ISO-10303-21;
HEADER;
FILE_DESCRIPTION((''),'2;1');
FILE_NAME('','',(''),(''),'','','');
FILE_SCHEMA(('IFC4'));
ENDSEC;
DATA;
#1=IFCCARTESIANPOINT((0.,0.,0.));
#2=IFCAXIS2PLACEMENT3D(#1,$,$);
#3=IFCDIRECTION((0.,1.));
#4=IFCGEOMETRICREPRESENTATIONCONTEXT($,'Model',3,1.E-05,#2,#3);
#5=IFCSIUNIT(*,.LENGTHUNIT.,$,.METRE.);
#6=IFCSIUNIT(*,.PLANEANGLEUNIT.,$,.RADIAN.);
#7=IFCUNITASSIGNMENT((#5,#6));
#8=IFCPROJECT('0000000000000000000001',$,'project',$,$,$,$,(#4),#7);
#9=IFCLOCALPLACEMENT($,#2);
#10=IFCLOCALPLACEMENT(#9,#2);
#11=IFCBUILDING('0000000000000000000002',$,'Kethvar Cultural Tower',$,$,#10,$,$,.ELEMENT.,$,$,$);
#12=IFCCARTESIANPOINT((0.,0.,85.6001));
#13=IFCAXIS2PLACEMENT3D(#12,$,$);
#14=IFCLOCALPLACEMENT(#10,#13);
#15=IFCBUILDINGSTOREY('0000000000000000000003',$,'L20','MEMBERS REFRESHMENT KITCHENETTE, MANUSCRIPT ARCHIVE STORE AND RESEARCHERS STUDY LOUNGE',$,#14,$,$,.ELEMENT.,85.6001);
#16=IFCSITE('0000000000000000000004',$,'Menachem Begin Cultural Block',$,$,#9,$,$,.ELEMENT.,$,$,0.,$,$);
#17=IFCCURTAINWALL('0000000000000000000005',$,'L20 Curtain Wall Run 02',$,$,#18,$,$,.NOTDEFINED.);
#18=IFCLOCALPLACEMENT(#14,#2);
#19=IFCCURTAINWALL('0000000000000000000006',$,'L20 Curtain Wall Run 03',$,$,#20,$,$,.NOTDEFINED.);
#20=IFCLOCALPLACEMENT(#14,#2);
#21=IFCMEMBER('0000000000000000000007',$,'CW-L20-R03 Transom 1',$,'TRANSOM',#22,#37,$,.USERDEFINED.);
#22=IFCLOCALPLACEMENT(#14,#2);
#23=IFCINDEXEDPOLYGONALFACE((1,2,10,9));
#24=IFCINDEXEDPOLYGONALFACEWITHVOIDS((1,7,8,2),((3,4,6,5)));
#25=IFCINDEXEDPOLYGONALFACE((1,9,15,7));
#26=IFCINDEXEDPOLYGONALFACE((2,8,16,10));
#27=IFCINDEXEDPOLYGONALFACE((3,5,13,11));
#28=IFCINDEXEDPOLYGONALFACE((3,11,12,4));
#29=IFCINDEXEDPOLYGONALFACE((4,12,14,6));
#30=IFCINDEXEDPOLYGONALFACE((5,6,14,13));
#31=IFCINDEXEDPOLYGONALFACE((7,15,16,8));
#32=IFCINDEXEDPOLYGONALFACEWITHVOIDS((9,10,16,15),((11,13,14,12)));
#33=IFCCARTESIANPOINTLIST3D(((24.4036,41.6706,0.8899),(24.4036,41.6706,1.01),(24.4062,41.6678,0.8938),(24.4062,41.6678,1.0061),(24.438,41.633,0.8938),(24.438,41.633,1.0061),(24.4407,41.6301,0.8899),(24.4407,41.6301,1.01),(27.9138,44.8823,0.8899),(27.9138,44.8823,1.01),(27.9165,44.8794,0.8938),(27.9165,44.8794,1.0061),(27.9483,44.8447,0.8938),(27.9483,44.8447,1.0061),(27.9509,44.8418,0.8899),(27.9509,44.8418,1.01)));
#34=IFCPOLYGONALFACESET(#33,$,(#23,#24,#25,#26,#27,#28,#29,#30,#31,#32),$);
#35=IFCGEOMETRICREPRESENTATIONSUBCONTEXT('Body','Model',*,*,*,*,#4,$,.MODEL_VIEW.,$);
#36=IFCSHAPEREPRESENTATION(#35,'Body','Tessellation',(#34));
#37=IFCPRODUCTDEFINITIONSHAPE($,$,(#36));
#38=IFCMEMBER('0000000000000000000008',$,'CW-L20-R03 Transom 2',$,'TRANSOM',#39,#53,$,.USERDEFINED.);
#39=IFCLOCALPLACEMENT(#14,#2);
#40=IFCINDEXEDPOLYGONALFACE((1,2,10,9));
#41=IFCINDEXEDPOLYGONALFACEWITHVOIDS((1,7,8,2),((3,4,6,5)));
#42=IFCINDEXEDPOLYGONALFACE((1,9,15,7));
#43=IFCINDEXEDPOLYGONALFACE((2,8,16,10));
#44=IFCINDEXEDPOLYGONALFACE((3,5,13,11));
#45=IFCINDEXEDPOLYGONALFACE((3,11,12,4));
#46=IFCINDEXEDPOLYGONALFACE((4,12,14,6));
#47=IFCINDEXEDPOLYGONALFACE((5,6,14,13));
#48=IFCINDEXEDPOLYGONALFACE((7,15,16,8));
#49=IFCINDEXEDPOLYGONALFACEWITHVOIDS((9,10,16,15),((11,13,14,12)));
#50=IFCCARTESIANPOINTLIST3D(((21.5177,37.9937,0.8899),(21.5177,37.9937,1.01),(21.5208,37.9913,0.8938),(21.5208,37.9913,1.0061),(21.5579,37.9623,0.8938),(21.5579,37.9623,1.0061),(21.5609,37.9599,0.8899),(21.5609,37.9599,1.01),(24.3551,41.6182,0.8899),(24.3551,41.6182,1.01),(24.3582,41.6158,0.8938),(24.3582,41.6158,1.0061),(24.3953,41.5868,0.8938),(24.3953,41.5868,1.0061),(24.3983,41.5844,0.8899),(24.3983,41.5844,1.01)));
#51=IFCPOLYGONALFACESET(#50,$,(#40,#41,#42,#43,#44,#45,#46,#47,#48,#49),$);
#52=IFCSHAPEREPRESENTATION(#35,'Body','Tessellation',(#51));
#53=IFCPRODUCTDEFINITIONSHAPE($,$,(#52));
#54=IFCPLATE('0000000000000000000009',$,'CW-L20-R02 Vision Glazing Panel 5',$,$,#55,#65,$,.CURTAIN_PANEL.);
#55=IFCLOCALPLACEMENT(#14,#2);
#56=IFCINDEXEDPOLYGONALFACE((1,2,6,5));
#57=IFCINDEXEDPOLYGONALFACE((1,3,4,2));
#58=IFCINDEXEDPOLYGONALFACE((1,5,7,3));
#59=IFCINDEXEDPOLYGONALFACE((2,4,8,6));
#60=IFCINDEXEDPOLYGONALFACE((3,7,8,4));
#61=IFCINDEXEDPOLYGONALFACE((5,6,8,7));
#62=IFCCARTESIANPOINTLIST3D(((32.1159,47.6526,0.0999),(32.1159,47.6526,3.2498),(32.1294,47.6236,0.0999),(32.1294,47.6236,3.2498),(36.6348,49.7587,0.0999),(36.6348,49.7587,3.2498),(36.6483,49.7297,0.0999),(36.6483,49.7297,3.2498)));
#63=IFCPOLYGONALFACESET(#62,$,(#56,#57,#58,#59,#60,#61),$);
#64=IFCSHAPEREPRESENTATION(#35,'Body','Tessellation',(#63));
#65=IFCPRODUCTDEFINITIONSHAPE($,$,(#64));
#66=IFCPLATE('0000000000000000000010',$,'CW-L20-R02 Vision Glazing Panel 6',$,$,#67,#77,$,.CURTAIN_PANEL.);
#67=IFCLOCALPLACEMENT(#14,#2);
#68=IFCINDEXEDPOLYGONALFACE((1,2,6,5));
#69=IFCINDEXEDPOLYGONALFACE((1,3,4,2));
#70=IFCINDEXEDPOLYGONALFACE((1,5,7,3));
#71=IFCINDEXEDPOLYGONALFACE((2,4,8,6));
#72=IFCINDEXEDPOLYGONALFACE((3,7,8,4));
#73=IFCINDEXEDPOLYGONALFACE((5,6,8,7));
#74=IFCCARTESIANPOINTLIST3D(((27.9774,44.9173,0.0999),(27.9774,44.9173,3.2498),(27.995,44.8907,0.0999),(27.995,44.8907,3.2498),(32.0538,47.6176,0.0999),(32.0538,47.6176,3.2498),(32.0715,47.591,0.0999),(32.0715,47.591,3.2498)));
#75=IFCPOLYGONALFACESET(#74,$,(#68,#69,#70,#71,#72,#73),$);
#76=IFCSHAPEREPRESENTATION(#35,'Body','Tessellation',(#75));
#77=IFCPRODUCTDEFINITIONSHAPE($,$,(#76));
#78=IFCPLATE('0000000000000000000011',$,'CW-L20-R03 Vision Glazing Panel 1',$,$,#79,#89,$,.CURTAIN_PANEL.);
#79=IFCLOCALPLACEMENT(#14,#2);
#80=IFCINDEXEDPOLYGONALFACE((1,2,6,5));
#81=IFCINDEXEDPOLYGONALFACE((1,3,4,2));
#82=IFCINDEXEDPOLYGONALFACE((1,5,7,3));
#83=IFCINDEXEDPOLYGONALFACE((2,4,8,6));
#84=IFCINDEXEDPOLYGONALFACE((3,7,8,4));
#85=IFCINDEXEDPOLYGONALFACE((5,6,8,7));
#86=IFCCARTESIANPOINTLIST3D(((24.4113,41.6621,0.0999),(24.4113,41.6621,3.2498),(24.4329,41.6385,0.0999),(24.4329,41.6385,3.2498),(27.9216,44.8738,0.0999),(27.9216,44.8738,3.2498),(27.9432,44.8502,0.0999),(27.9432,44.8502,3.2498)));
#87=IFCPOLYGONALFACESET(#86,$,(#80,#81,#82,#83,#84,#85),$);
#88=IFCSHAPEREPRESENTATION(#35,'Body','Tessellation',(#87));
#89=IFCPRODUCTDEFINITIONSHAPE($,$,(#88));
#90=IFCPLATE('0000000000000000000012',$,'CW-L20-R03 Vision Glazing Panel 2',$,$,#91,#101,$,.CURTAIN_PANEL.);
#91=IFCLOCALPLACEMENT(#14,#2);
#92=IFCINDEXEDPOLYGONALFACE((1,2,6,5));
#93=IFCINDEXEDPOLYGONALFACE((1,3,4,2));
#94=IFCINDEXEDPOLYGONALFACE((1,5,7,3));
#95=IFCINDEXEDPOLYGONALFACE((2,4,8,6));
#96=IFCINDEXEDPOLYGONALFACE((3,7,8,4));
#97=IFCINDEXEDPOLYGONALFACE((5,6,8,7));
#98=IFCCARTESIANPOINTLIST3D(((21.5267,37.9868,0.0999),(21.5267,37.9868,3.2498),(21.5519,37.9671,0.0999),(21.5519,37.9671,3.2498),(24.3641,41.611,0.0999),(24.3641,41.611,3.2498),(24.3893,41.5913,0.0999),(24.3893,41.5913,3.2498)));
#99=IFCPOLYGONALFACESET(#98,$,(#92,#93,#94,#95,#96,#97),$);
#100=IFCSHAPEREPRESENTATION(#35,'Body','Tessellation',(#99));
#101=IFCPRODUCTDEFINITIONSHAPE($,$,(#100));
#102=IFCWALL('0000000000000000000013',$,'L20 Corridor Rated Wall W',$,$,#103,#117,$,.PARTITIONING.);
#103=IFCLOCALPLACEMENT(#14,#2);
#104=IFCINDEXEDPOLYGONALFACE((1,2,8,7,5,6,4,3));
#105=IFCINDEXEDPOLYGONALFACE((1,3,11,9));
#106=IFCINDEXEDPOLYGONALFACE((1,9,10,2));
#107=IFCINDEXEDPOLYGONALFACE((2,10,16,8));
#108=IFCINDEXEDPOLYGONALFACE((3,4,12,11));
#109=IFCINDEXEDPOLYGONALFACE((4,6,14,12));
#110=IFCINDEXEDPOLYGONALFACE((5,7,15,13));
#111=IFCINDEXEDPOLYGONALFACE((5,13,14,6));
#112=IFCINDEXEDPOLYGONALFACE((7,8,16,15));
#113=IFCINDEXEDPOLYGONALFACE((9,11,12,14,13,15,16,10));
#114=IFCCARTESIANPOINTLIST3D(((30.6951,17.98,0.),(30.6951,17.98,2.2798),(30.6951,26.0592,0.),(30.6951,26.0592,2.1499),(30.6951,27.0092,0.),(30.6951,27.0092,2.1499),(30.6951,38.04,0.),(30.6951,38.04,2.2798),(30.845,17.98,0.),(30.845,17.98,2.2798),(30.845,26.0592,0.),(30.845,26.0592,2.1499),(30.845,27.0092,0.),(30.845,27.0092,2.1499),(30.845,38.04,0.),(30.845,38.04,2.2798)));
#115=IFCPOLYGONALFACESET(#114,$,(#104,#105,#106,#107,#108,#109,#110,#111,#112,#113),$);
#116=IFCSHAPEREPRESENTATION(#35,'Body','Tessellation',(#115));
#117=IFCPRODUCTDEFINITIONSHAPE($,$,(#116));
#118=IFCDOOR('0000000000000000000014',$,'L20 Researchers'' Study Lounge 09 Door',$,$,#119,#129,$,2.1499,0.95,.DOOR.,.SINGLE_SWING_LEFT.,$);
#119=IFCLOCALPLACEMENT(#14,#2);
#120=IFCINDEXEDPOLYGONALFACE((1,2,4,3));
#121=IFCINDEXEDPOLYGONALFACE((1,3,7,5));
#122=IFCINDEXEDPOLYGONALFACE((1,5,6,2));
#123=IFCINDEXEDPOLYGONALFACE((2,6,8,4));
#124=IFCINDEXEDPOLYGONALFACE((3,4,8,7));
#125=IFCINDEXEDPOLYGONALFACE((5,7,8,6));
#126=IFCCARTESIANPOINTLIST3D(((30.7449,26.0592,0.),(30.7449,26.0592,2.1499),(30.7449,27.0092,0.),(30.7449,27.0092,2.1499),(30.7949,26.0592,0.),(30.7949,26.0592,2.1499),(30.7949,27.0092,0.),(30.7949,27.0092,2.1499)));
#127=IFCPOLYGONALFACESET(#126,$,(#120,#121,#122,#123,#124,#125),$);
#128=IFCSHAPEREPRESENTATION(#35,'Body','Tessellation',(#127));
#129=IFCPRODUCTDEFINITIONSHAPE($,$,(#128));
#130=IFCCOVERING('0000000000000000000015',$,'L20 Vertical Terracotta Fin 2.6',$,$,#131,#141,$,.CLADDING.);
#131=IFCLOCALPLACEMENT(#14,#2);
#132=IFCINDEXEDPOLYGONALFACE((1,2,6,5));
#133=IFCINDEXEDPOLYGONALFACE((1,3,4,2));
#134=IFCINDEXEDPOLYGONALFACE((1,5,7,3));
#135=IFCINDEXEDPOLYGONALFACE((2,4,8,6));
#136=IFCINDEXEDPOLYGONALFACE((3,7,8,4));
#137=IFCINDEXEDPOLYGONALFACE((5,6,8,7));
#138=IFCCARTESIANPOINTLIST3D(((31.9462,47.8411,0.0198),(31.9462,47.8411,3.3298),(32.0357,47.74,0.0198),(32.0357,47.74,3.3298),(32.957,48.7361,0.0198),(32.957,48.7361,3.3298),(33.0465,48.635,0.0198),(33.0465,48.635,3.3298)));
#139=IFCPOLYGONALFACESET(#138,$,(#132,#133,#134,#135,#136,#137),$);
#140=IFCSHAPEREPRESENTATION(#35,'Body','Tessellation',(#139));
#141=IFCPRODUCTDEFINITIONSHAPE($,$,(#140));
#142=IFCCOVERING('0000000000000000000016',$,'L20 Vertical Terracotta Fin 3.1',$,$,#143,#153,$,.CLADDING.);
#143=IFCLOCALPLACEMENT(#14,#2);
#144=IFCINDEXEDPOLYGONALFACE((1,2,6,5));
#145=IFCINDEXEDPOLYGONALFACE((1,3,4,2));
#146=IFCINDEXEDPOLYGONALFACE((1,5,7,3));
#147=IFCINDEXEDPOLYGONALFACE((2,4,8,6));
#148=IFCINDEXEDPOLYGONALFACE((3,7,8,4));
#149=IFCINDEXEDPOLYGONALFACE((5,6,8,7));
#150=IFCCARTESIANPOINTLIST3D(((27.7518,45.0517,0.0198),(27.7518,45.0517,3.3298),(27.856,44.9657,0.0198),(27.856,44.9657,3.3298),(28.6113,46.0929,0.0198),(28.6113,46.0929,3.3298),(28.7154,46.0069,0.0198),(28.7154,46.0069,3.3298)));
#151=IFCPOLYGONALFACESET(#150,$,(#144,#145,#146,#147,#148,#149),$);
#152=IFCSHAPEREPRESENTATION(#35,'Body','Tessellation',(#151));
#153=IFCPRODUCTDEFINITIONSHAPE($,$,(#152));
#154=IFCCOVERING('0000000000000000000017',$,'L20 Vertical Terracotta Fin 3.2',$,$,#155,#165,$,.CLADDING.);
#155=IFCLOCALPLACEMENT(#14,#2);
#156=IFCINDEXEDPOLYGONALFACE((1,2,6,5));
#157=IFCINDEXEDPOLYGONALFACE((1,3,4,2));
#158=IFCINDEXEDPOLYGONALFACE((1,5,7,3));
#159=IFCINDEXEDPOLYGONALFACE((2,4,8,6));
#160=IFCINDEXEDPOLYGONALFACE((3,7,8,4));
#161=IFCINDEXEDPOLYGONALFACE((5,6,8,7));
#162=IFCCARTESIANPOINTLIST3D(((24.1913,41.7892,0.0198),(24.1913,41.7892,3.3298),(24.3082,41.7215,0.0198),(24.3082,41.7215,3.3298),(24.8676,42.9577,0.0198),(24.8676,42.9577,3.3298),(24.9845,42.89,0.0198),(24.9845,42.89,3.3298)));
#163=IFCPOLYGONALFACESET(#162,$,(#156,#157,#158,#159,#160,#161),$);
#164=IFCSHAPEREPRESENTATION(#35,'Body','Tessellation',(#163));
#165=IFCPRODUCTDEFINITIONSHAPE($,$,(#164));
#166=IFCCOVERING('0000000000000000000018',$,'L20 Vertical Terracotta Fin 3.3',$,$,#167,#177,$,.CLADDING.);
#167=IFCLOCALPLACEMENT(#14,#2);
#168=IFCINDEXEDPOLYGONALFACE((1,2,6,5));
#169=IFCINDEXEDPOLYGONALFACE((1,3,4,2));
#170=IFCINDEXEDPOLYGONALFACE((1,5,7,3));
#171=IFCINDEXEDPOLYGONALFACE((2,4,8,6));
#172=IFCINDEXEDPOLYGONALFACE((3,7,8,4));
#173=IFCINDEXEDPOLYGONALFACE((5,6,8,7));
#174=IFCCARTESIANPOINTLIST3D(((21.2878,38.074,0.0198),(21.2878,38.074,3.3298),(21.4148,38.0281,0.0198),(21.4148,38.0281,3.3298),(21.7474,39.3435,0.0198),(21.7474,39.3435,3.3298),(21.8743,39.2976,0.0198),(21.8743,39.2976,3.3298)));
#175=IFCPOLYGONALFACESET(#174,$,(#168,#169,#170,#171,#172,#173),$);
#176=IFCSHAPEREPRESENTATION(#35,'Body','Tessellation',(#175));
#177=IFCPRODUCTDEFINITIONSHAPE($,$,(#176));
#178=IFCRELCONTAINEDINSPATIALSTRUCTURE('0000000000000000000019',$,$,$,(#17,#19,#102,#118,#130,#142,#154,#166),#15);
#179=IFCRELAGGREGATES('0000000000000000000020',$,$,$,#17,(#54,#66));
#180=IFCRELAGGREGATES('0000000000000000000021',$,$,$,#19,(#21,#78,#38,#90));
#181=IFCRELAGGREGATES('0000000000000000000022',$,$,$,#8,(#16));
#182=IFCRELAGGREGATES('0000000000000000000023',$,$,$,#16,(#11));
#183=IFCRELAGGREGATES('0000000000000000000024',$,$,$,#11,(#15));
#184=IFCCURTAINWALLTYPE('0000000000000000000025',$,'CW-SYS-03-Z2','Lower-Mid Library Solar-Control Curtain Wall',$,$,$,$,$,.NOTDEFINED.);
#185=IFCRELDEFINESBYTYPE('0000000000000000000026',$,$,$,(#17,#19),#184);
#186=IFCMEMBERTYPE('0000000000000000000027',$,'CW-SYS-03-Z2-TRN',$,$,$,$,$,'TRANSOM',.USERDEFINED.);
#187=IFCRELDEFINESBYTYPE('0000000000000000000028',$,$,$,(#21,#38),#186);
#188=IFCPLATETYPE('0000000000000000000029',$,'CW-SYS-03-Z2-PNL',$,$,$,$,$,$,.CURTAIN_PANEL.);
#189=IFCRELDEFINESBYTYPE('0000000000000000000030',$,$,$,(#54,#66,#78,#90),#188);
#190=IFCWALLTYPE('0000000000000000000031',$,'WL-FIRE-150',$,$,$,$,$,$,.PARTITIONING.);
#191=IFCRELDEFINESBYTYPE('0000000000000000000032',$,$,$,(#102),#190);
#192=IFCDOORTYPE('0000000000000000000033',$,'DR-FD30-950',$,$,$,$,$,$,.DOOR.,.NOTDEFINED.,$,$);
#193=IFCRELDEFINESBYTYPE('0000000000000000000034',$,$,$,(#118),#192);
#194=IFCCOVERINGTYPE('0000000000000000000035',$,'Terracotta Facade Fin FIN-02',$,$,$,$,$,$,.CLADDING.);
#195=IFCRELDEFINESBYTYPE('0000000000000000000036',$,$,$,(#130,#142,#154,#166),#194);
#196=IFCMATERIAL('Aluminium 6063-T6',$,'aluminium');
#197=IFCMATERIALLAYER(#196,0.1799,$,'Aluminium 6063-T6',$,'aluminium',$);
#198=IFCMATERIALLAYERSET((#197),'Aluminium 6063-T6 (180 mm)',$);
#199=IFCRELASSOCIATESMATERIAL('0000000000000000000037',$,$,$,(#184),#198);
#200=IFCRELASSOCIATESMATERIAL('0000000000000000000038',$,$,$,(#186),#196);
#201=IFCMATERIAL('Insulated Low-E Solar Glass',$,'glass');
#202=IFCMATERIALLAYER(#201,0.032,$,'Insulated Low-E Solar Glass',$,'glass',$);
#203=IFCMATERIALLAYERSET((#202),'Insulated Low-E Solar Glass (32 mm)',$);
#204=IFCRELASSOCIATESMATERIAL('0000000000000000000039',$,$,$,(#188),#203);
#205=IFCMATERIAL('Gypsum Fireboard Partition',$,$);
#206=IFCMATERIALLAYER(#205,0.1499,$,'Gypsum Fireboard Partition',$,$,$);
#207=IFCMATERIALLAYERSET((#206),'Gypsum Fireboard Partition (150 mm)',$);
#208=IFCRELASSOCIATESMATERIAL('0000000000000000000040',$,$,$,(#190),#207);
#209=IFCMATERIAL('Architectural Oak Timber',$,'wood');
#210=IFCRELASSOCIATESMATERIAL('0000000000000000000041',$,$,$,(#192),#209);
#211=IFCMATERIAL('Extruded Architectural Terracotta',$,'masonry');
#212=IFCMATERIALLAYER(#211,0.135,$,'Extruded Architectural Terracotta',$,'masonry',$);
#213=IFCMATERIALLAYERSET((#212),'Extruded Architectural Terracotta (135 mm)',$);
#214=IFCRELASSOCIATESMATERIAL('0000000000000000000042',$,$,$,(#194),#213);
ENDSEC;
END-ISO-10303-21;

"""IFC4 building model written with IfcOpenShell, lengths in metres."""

from ifc_helpers import new_model, si_unit, direction, frame, frame_2d, origin, origin_2d, place, context, subcontext, project, spatial, rectangle, hollow_rectangle, extrude, source, transform, mapped, material, layer, layer_set, material_profile, profile_set, type_object, element, fill, aggregate, save


model = new_model("IFC4")

# Units and contexts
model_context = context("Model", 3, precision=1e-05, world=origin(), true_north=direction((0.0, 1.0)))
body_context = subcontext(model_context, "Body", "Model", "MODEL_VIEW")
ifc_project = project(units=[si_unit("LENGTHUNIT", "METRE"), si_unit("PLANEANGLEUNIT", "RADIAN")], contexts=[model_context])

# Site, building, storey
site_placement = place(None, origin())
site = spatial("IfcSite", under=ifc_project, at=site_placement, Name="Menachem Begin Cultural Block", CompositionType="ELEMENT", RefElevation=0.0)
building_placement = place(site_placement, origin())
building = spatial("IfcBuilding", under=site, at=building_placement, Name="Kethvar Cultural Tower", CompositionType="ELEMENT")
storey_placement = place(building_placement, frame((0.0, 0.0, 85.6001)))
storey = spatial("IfcBuildingStorey", under=building, at=storey_placement, Name="L20", Description="MEMBERS REFRESHMENT KITCHENETTE, MANUSCRIPT ARCHIVE STORE AND RESEARCHERS STUDY LOUNGE", CompositionType="ELEMENT", Elevation=85.6001)

# Curtain walls
ifc_material_1 = material(Name="Aluminium 6063-T6", Category="aluminium")
ifc_layer_1 = layer(ifc_material_1, 0.1799, Name="Aluminium 6063-T6", Category="aluminium")
ifc_layer_set_1 = layer_set([ifc_layer_1], Name="Aluminium 6063-T6 (180 mm)")
curtain_wall_type = type_object("IfcCurtainWallType", Name="CW-SYS-03-Z2", Description="Lower-Mid Library Solar-Control Curtain Wall", PredefinedType="NOTDEFINED", material=ifc_layer_set_1)
curtain_wall_1_placement = place(storey_placement, origin())
curtain_wall_1 = element("IfcCurtainWall", 1, at=curtain_wall_1_placement, inside=storey, type_object=curtain_wall_type, Name="L20 Curtain Wall Run 02", PredefinedType="NOTDEFINED")
curtain_wall_2_placement = place(storey_placement, origin())
curtain_wall_2 = element("IfcCurtainWall", 2, at=curtain_wall_2_placement, inside=storey, type_object=curtain_wall_type, Name="L20 Curtain Wall Run 03", PredefinedType="NOTDEFINED")

# Members
ifc_material_profile_1 = material_profile(ifc_material_1, hollow_rectangle(XDim=0.0549, YDim=0.1201, WallThickness=0.0039, at=origin_2d()), Name="Aluminium 6063-T6 — RHS120x55x4")
ifc_profile_set_1 = profile_set([ifc_material_profile_1], Name="Aluminium 6063-T6 — RHS120x55x4")
member_type_1 = type_object("IfcMemberType", Name="CW-SYS-03-Z2-TRN", ElementType="TRANSOM", PredefinedType="USERDEFINED", material=ifc_profile_set_1)
shared_shape_1 = source(origin(), body_context, "Body", "SweptSolid", [
    extrude(hollow_rectangle(XDim=0.0549, YDim=0.1201, WallThickness=0.0039, at=origin_2d()), origin(), (0.0, 0.0, 1.0), 4.7578),
])
member_1_placement = place(storey_placement, frame((27.9324, 44.8621, 0.95), z_axis=(-0.737789, -0.675032, 0.0), x_axis=(0.675032, -0.737789, 0.0)))
member_1 = element("IfcMember", 3, at=member_1_placement, type_object=member_type_1, Name="CW-L20-R03 Transom 1", ObjectType="TRANSOM", PredefinedType="USERDEFINED", context=body_context, shape_type="MappedRepresentation", body=[
    mapped(shared_shape_1, transform((0.0, 0.0, 0.0), scale=1.0)),
])
shared_shape_2 = source(origin(), body_context, "Body", "SweptSolid", [
    extrude(hollow_rectangle(XDim=0.0549, YDim=0.1201, WallThickness=0.0039, at=origin_2d()), origin(), (0.0, 0.0, 1.0), 4.603),
])
member_2_placement = place(storey_placement, frame((24.3767, 41.6013, 0.95), z_axis=(-0.61642, -0.787418, 0.0), x_axis=(0.787418, -0.61642, 0.0)))
member_2 = element("IfcMember", 4, at=member_2_placement, type_object=member_type_1, Name="CW-L20-R03 Transom 2", ObjectType="TRANSOM", PredefinedType="USERDEFINED", context=body_context, shape_type="MappedRepresentation", body=[
    mapped(shared_shape_2, transform((0.0, 0.0, 0.0), scale=1.0)),
])

# Plates
ifc_material_2 = material(Name="Insulated Low-E Solar Glass", Category="glass")
ifc_layer_2 = layer(ifc_material_2, 0.032, Name="Insulated Low-E Solar Glass", Category="glass")
ifc_layer_set_2 = layer_set([ifc_layer_2], Name="Insulated Low-E Solar Glass (32 mm)")
plate_type = type_object("IfcPlateType", Name="CW-SYS-03-Z2-PNL", PredefinedType="CURTAIN_PANEL", material=ifc_layer_set_2)
shared_shape_3 = source(origin(), body_context, "Body", "SweptSolid", [
    extrude(rectangle(XDim=4.9856, YDim=0.032, at=origin_2d()), origin(), (0.0, 0.0, 1.0), 3.1499),
])
plate_1_placement = place(storey_placement, frame((34.3821, 48.6912, 0.0999), z_axis=(0.0, 0.0, 1.0), x_axis=(-0.906389, -0.422444, 0.0)))
plate_1 = element("IfcPlate", 5, at=plate_1_placement, type_object=plate_type, Name="CW-L20-R02 Vision Glazing Panel 5", PredefinedType="CURTAIN_PANEL", context=body_context, shape_type="MappedRepresentation", body=[
    mapped(shared_shape_3, transform((0.0, 0.0, 0.0), scale=1.0)),
])
shared_shape_4 = source(origin(), body_context, "Body", "SweptSolid", [
    extrude(rectangle(XDim=4.8896, YDim=0.032, at=origin_2d()), origin(), (0.0, 0.0, 1.0), 3.1499),
])
plate_2_placement = place(storey_placement, frame((30.0244, 46.2542, 0.0999), z_axis=(0.0, 0.0, 1.0), x_axis=(-0.833683, -0.552243, 0.0)))
plate_2 = element("IfcPlate", 6, at=plate_2_placement, type_object=plate_type, Name="CW-L20-R02 Vision Glazing Panel 6", PredefinedType="CURTAIN_PANEL", context=body_context, shape_type="MappedRepresentation", body=[
    mapped(shared_shape_4, transform((0.0, 0.0, 0.0), scale=1.0)),
])
aggregate(curtain_wall_1, [plate_1, plate_2])
shared_shape_5 = source(origin(), body_context, "Body", "SweptSolid", [
    extrude(rectangle(XDim=4.7578, YDim=0.032, at=origin_2d()), origin(), (0.0, 0.0, 1.0), 3.1499),
])
plate_3_placement = place(storey_placement, frame((26.1772, 43.2561, 0.0999), z_axis=(0.0, 0.0, 1.0), x_axis=(-0.737784, -0.675037, 0.0)))
plate_3 = element("IfcPlate", 7, at=plate_3_placement, type_object=plate_type, Name="CW-L20-R03 Vision Glazing Panel 1", PredefinedType="CURTAIN_PANEL", context=body_context, shape_type="MappedRepresentation", body=[
    mapped(shared_shape_5, transform((0.0, 0.0, 0.0), scale=1.0)),
])
shared_shape_6 = source(origin(), body_context, "Body", "SweptSolid", [
    extrude(rectangle(XDim=4.6028, YDim=0.032, at=origin_2d()), origin(), (0.0, 0.0, 1.0), 3.1499),
])
plate_4_placement = place(storey_placement, frame((22.958, 39.7891, 0.0999), z_axis=(0.0, 0.0, 1.0), x_axis=(-0.616445, -0.787398, 0.0)))
plate_4 = element("IfcPlate", 8, at=plate_4_placement, type_object=plate_type, Name="CW-L20-R03 Vision Glazing Panel 2", PredefinedType="CURTAIN_PANEL", context=body_context, shape_type="MappedRepresentation", body=[
    mapped(shared_shape_6, transform((0.0, 0.0, 0.0), scale=1.0)),
])
aggregate(curtain_wall_2, [member_1, plate_3, member_2, plate_4])

# Wall, opening, door
ifc_material_3 = material(Name="Gypsum Fireboard Partition")
ifc_layer_3 = layer(ifc_material_3, 0.1499, Name="Gypsum Fireboard Partition")
ifc_layer_set_3 = layer_set([ifc_layer_3], Name="Gypsum Fireboard Partition (150 mm)")
wall_type = type_object("IfcWallType", Name="WL-FIRE-150", PredefinedType="PARTITIONING", material=ifc_layer_set_3)
wall_placement = place(storey_placement, frame((30.77, 38.04, 0.0), z_axis=(0.0, 0.0, 1.0), x_axis=(0.0, -1.0, 0.0)))
wall = element("IfcWall", 9, at=wall_placement, inside=storey, type_object=wall_type, Name="L20 Corridor Rated Wall W", PredefinedType="PARTITIONING", context=body_context, shape_type="SweptSolid", body=[
    extrude(rectangle(XDim=20.0601, YDim=0.1499, at=frame_2d((10.03, 0.0))), origin(), (0.0, 0.0, 1.0), 2.2798),
])
opening_placement = place(wall_placement, frame((11.0308, 0.0, 0.0)))
opening = element("IfcOpeningElement", 10, at=opening_placement, cuts=wall, PredefinedType="OPENING", context=body_context, shape_type="SweptSolid", body=[
    extrude(rectangle(XDim=0.95, YDim=2.1499, at=frame_2d((0.4751, 1.075))), frame((0.0, 0.085, 0.0), z_axis=(0.0, -1.0, 0.0), x_axis=(1.0, 0.0, 0.0)), (0.0, 0.0, 1.0), 0.1699),
])
ifc_material_4 = material(Name="Architectural Oak Timber", Category="wood")
door_type = type_object("IfcDoorType", Name="DR-FD30-950", OperationType="NOTDEFINED", PredefinedType="DOOR", material=ifc_material_4)
shared_shape_7 = source(origin(), body_context, "Body", "SweptSolid", [
    extrude(rectangle(XDim=0.95, YDim=2.1499, at=frame_2d((0.4751, 1.075))), frame((0.0, 0.0249, 0.0), z_axis=(0.0, -1.0, 0.0), x_axis=(1.0, 0.0, 0.0)), (0.0, 0.0, 1.0), 0.05),
])
door_placement = place(opening_placement, origin())
door = element("IfcDoor", 11, at=door_placement, inside=storey, type_object=door_type, Name="L20 Researchers' Study Lounge 09 Door", OperationType="SINGLE_SWING_LEFT", OverallHeight=2.1499, OverallWidth=0.95, PredefinedType="DOOR", context=body_context, shape_type="MappedRepresentation", body=[
    mapped(shared_shape_7, transform((0.0, 0.0, 0.0), scale=1.0)),
])
fill(opening, door)

# Coverings
ifc_material_5 = material(Name="Extruded Architectural Terracotta", Category="masonry")
ifc_layer_4 = layer(ifc_material_5, 0.135, Name="Extruded Architectural Terracotta", Category="masonry")
ifc_layer_set_4 = layer_set([ifc_layer_4], Name="Extruded Architectural Terracotta (135 mm)")
covering_type = type_object("IfcCoveringType", Name="Terracotta Facade Fin FIN-02", PredefinedType="CLADDING", material=ifc_layer_set_4)
shared_shape_8 = source(origin(), body_context, "Body", "SweptSolid", [
    extrude(rectangle(XDim=1.3501, YDim=0.135, at=origin_2d()), origin(), (0.0, 0.0, 1.0), 3.3101),
])
for number, where, z_axis, x_axis, name in (
    (12, (32.4963, 48.238, 0.0198), (0.0, 0.0, 1.0), (0.748724, 0.662881, 0.0), "L20 Vertical Terracotta Fin 2.6"),
    (13, (28.2336, 45.5293, 0.0198), (0.0, 0.0, 1.0), (0.636617, 0.77118, 0.0), "L20 Vertical Terracotta Fin 3.1"),
    (14, (24.5879, 42.3396, 0.0198), (0.0, 0.0, 1.0), (0.500907, 0.865501, 0.0), "L20 Vertical Terracotta Fin 3.2"),
    (15, (21.5811, 38.6858, 0.0198), (0.0, 0.0, 1.0), (0.34038, 0.940288, 0.0), "L20 Vertical Terracotta Fin 3.3"),
):
    element("IfcCovering", number, at=place(storey_placement, frame(where, z_axis=z_axis, x_axis=x_axis)), inside=storey, type_object=covering_type, Name=name, PredefinedType="CLADDING", context=body_context, shape_type="MappedRepresentation", body=[
        mapped(shared_shape_8, transform((0.0, 0.0, 0.0), scale=1.0)),
    ])

save(model, "model.ifc")
